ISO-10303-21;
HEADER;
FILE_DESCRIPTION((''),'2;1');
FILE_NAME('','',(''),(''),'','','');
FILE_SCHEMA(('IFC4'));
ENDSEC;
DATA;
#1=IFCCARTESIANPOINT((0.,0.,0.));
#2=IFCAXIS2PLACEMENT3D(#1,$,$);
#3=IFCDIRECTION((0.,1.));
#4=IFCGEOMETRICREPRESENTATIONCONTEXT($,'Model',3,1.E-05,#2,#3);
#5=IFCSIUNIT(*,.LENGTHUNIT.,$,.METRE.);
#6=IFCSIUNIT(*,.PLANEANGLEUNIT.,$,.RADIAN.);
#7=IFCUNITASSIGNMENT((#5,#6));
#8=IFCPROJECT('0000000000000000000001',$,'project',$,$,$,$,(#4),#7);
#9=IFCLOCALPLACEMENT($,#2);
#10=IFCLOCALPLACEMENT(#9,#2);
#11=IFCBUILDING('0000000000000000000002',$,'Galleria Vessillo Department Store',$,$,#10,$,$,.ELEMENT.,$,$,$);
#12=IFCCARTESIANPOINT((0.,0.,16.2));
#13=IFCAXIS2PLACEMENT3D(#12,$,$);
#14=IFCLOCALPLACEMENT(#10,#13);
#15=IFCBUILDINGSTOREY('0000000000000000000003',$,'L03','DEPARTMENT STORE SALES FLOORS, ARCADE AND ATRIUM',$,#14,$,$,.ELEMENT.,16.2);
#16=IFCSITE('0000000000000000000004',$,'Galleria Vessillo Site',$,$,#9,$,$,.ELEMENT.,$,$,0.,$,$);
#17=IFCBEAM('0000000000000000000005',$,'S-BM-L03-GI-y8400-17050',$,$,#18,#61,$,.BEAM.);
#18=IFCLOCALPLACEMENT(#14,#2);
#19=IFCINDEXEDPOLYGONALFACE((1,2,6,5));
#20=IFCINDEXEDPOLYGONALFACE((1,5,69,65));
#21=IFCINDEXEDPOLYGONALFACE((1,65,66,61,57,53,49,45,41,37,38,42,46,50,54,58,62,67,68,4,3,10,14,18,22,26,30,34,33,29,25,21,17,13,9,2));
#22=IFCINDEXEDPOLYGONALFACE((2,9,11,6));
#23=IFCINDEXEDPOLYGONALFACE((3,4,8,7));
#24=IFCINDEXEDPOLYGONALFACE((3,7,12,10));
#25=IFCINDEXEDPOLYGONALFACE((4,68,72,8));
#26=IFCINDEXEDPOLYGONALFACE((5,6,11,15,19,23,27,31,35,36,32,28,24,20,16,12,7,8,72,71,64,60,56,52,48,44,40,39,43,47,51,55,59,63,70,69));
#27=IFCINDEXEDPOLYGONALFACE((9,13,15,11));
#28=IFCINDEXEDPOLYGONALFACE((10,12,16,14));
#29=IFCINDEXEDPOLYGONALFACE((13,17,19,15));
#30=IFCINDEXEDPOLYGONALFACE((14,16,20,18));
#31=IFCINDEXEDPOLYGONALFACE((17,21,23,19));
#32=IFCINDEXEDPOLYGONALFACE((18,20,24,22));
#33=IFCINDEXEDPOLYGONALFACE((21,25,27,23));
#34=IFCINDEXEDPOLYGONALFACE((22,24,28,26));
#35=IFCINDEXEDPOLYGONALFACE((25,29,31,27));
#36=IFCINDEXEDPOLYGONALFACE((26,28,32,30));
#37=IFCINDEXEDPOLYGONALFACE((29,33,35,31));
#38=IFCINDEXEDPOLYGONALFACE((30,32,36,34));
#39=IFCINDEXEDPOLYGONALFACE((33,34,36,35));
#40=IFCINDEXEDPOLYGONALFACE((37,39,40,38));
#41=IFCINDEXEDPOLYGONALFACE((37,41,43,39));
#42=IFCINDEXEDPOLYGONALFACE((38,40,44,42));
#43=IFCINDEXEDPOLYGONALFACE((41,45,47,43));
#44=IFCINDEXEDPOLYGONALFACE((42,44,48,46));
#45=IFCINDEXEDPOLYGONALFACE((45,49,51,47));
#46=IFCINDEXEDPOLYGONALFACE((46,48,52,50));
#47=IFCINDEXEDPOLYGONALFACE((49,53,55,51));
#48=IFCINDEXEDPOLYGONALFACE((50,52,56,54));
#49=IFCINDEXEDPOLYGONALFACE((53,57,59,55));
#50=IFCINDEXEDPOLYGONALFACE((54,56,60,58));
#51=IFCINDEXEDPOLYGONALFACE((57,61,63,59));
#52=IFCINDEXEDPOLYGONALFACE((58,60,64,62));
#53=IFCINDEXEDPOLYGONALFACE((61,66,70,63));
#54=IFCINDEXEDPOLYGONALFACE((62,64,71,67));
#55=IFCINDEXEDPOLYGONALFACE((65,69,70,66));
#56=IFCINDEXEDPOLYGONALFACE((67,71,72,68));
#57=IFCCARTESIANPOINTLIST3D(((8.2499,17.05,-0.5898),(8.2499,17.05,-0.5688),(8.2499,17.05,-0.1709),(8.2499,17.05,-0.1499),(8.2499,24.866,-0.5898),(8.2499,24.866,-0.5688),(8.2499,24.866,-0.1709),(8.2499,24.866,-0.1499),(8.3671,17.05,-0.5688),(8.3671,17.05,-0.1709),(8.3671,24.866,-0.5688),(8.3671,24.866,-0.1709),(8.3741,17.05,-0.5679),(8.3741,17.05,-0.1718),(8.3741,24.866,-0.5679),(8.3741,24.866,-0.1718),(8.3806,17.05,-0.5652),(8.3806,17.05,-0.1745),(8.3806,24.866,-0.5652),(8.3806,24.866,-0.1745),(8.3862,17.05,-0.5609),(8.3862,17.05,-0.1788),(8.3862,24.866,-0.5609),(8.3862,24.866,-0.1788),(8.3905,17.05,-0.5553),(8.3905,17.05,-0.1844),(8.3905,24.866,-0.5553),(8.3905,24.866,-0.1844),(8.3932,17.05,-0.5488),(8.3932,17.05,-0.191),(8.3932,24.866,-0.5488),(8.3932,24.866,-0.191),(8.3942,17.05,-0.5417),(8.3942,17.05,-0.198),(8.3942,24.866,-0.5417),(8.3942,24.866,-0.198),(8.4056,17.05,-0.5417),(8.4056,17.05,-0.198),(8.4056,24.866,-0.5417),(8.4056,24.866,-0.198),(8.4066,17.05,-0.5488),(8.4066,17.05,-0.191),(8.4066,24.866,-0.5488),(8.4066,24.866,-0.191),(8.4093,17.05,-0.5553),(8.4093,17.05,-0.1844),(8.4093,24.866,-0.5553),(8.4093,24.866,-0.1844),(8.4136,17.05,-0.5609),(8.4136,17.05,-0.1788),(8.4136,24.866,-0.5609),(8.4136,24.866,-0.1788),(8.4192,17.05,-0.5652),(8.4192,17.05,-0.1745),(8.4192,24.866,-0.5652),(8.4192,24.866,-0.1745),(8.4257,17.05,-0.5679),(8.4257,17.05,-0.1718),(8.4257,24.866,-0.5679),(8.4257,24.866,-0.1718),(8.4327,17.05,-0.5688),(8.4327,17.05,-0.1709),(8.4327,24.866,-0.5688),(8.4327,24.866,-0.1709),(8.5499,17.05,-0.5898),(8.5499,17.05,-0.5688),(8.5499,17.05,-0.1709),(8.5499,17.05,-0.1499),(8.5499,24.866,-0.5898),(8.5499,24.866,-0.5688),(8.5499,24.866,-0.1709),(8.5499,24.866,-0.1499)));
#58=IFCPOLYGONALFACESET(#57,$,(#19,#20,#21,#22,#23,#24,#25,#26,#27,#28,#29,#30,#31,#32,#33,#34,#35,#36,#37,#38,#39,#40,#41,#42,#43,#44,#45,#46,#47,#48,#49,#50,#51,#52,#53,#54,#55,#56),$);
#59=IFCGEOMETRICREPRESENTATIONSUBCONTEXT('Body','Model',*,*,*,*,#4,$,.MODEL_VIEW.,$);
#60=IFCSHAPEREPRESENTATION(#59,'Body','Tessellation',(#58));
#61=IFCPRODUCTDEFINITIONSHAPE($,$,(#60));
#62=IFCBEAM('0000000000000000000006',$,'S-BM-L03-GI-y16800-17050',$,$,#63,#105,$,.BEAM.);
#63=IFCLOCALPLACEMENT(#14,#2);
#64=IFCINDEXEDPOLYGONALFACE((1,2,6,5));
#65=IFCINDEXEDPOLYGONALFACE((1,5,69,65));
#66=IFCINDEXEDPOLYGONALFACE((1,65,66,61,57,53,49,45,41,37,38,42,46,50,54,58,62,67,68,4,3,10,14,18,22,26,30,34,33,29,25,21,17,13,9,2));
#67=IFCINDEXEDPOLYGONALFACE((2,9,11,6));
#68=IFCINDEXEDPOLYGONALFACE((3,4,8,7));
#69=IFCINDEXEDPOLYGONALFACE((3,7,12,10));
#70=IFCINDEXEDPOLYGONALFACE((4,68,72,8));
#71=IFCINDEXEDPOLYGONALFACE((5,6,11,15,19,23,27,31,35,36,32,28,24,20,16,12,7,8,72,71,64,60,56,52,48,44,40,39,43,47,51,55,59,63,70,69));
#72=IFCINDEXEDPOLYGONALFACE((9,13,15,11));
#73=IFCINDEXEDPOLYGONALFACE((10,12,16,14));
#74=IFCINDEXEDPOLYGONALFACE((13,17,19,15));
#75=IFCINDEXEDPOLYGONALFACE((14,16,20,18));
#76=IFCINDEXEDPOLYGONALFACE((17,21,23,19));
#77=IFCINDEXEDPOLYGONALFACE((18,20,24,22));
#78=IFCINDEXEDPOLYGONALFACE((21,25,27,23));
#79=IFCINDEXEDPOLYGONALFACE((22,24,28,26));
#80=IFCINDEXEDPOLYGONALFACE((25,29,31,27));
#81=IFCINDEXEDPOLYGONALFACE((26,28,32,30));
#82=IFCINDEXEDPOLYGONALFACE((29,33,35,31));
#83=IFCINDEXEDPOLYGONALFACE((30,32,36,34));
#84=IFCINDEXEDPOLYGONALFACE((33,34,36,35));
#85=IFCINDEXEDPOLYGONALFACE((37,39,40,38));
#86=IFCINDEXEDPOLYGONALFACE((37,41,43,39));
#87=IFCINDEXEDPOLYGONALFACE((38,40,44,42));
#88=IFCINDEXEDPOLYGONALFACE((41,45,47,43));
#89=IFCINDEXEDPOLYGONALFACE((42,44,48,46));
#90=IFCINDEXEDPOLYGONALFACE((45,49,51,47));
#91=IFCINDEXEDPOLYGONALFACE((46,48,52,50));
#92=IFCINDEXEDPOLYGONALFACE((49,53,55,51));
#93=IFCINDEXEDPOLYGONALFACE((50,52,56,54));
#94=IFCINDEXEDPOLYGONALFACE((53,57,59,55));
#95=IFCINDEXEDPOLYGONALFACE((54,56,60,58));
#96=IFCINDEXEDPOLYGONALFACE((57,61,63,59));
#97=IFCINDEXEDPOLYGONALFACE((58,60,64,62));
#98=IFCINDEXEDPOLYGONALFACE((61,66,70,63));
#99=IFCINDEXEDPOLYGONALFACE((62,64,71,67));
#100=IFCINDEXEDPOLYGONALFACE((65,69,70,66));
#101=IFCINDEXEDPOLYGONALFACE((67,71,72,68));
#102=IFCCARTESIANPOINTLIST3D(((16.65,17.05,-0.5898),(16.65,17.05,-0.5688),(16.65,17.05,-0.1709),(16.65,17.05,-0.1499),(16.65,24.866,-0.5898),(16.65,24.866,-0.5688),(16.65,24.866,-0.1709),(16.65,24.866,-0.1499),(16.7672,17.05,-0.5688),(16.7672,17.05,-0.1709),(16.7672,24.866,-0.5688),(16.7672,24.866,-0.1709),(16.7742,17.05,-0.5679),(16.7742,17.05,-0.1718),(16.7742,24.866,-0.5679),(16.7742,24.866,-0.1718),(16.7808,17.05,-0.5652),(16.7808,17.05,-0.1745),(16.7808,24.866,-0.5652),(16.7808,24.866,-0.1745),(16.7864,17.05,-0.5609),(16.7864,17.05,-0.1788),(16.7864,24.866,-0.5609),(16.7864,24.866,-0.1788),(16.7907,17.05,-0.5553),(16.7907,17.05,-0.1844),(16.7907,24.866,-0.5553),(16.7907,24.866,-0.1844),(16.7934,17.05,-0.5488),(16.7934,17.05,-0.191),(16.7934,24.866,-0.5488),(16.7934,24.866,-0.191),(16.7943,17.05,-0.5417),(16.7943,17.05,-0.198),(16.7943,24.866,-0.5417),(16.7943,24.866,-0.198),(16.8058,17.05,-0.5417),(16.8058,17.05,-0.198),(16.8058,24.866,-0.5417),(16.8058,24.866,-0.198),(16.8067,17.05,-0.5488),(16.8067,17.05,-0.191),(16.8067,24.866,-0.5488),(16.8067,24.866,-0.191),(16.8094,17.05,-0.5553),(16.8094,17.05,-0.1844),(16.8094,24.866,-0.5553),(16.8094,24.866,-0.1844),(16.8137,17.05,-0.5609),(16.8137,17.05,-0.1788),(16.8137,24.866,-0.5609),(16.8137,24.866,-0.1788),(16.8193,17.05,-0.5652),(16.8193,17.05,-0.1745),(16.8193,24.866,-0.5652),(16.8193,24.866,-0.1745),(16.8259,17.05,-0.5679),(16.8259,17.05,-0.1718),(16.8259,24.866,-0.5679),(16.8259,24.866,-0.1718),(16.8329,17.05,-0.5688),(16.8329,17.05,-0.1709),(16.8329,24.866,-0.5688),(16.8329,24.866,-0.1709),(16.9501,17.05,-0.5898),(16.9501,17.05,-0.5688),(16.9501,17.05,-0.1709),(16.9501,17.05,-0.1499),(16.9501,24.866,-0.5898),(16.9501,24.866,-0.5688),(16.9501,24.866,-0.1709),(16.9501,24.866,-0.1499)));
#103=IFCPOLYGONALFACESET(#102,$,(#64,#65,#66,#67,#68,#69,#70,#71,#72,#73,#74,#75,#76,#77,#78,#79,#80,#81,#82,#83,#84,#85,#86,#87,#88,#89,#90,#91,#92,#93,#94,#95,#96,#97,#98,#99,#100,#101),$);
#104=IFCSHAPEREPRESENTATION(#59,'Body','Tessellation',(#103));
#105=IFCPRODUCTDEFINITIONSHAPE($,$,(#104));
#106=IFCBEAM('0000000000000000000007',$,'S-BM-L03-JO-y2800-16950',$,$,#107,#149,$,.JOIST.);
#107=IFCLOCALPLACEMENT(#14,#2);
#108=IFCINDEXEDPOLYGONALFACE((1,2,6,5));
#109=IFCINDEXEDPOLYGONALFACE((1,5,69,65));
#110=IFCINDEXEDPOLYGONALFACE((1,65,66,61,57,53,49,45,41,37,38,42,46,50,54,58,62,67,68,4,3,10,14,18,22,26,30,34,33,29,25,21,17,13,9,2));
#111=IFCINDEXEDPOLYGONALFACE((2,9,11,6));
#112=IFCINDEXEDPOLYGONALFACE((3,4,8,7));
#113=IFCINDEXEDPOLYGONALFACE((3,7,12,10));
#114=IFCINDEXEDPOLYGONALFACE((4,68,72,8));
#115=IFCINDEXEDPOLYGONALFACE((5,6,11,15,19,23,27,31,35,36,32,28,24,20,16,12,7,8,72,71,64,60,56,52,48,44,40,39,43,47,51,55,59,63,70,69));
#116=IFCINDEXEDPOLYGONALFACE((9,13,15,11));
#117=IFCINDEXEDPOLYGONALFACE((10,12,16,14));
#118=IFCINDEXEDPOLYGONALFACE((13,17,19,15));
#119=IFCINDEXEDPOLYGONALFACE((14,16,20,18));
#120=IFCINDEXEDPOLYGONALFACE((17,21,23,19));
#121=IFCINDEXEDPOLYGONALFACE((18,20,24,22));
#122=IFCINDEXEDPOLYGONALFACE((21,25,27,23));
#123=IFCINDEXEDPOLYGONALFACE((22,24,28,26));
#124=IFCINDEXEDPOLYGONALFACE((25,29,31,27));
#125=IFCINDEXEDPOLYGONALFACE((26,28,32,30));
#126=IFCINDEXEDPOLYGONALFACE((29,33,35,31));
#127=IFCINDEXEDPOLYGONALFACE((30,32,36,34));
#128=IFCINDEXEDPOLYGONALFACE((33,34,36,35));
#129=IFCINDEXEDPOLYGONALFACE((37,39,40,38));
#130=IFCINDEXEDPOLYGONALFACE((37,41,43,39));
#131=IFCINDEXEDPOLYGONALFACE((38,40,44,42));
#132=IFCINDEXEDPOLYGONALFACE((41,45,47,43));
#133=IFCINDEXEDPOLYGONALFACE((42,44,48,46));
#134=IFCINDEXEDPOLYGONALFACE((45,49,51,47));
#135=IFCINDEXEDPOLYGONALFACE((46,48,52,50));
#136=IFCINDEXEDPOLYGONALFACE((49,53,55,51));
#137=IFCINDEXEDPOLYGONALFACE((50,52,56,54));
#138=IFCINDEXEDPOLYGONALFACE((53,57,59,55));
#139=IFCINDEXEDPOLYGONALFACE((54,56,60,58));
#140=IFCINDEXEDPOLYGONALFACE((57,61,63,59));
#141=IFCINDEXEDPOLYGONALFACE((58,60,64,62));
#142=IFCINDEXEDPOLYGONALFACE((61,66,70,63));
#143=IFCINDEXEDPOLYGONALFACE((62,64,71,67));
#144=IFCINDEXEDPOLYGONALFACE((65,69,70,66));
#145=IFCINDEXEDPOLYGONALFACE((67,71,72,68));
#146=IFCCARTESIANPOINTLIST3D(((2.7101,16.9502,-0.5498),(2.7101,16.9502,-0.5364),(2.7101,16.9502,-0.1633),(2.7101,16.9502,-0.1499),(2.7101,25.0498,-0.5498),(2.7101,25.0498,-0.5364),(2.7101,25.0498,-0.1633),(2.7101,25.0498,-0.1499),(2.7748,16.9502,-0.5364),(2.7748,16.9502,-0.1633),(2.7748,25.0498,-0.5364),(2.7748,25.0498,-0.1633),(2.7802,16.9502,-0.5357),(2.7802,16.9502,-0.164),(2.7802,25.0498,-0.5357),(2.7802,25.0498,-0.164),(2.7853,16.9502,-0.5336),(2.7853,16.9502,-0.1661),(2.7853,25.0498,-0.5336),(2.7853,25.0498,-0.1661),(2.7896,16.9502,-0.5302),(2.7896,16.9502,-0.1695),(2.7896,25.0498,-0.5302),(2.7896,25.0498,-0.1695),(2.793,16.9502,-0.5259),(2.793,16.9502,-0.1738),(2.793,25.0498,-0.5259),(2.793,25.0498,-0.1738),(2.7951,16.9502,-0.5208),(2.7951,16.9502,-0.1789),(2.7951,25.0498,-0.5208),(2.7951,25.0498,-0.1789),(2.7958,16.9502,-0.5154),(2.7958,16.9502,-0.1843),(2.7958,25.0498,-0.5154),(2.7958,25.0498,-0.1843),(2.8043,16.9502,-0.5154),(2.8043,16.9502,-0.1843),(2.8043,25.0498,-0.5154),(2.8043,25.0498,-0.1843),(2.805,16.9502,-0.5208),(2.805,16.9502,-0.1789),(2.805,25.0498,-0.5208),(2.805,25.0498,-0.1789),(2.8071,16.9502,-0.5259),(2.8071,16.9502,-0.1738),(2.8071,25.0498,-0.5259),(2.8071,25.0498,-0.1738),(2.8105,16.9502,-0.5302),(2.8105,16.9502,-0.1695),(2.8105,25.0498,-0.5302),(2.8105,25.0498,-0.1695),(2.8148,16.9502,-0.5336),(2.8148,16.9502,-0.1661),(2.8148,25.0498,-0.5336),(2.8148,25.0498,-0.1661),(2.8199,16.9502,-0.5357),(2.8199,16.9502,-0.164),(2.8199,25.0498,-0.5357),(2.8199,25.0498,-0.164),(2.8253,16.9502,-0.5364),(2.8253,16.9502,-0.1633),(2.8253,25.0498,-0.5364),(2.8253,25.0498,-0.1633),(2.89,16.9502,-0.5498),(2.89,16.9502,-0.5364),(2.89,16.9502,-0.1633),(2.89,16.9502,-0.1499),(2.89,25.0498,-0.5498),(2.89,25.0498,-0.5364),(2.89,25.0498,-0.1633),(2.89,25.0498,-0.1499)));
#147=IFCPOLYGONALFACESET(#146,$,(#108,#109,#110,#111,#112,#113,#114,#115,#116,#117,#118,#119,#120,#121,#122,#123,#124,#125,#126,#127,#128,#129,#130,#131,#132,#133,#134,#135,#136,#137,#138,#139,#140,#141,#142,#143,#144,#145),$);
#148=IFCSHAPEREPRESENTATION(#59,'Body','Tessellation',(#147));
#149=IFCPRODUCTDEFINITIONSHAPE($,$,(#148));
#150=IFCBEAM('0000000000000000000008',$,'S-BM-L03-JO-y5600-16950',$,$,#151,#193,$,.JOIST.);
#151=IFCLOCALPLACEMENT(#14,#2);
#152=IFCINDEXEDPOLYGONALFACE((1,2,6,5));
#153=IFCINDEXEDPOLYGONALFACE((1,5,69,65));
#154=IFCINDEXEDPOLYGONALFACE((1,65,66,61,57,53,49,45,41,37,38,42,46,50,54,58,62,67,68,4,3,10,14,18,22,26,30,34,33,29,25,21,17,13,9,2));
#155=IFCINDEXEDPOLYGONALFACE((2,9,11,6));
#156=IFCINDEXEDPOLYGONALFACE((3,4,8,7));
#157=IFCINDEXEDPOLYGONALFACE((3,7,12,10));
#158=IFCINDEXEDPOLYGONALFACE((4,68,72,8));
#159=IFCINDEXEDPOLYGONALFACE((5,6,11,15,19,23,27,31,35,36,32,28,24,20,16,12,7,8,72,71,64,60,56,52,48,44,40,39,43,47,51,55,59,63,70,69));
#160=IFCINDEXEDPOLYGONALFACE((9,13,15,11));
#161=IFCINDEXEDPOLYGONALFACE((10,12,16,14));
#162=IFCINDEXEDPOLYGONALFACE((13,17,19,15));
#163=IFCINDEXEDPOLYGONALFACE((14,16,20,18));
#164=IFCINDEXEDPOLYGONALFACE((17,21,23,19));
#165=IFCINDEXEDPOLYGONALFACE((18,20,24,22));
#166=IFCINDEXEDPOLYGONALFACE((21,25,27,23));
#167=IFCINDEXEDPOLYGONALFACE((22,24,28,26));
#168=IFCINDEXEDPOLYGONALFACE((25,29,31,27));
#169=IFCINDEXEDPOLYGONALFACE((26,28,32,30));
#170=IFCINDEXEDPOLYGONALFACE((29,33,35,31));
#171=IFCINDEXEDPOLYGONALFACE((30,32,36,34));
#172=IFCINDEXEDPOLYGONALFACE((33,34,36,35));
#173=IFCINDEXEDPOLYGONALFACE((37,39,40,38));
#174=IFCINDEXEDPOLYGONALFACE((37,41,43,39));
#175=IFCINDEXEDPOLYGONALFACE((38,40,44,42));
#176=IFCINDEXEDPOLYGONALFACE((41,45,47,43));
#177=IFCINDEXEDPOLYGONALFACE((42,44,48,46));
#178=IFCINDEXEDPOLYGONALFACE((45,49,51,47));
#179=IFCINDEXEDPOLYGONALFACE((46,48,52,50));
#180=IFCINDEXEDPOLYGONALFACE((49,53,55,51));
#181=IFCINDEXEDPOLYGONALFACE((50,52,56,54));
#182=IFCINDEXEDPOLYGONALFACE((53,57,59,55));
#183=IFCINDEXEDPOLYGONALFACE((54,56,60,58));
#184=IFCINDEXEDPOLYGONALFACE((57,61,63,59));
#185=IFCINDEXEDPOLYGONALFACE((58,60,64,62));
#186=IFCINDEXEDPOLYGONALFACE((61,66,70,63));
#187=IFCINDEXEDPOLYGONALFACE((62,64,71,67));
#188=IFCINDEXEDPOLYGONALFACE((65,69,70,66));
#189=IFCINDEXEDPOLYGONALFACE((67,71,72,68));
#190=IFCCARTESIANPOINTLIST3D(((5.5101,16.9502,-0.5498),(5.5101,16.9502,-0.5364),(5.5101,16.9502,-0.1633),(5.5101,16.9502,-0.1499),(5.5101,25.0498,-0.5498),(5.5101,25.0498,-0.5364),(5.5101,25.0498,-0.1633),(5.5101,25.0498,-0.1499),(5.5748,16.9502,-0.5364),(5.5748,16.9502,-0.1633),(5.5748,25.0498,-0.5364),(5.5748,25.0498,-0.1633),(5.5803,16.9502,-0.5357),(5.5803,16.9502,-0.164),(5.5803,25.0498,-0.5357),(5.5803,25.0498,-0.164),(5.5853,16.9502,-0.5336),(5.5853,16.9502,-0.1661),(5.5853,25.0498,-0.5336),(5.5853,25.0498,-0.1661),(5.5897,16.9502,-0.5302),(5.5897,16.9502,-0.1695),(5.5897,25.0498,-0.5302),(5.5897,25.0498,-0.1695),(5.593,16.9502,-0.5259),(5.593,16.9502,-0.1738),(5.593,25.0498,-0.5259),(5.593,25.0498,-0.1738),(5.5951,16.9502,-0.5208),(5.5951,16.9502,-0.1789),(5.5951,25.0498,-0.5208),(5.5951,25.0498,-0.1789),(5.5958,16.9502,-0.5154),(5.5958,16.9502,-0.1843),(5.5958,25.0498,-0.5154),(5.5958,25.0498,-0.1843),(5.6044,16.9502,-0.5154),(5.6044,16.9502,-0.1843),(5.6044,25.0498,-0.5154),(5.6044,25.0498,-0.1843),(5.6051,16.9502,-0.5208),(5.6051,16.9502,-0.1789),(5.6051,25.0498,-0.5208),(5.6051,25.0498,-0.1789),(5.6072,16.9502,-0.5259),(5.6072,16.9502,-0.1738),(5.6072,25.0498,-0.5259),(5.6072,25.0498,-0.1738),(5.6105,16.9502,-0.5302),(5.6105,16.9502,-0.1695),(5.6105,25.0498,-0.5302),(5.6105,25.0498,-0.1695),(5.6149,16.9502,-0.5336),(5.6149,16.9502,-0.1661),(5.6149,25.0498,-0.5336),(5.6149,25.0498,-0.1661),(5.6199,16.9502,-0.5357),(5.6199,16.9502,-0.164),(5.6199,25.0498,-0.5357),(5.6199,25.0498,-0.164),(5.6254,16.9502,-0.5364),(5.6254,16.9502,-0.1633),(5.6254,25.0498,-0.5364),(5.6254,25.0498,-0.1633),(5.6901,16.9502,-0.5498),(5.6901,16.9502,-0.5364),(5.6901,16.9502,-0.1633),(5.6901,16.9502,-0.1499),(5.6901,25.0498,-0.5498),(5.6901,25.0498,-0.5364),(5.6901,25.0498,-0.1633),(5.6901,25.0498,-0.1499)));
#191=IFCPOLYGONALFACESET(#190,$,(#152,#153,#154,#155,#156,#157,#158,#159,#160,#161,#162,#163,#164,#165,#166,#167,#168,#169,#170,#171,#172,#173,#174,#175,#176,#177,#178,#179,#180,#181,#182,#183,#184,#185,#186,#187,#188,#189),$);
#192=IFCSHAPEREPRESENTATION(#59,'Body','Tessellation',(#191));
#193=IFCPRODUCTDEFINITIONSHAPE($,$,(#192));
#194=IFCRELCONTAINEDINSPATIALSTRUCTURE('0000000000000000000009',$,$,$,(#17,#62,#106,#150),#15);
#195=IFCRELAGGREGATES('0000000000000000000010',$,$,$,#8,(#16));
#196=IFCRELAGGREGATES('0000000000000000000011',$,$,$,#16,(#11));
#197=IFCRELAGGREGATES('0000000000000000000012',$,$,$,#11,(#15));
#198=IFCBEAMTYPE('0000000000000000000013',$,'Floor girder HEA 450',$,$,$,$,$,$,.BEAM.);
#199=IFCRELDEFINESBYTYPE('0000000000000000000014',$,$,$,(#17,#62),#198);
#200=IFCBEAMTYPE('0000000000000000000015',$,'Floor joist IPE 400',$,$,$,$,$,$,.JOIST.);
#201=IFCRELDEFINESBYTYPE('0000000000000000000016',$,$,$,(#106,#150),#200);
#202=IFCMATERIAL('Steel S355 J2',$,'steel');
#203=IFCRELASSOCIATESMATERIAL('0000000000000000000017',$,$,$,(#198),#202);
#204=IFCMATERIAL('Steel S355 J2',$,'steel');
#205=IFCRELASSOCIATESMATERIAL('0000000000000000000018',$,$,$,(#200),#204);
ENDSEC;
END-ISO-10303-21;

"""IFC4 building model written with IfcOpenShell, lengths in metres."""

from ifc_helpers import new_model, si_unit, direction, frame, origin, origin_2d, place, context, subcontext, project, spatial, i_section, extrude, material, material_profile, profile_set, type_object, element, save


model = new_model("IFC4")

# Units and contexts
model_context = context("Model", 3, precision=1e-05, world=origin(), true_north=direction((0.0, 1.0)))
body_context = subcontext(model_context, "Body", "Model", "MODEL_VIEW")
ifc_project = project(units=[si_unit("LENGTHUNIT", "METRE"), si_unit("PLANEANGLEUNIT", "RADIAN")], contexts=[model_context])

# Site, building, storey
site_placement = place(None, origin())
site = spatial("IfcSite", under=ifc_project, at=site_placement, Name="Galleria Vessillo Site", CompositionType="ELEMENT", RefElevation=0.0)
building_placement = place(site_placement, origin())
building = spatial("IfcBuilding", under=site, at=building_placement, Name="Galleria Vessillo Department Store", CompositionType="ELEMENT")
storey_placement = place(building_placement, frame((0.0, 0.0, 16.2)))
storey = spatial("IfcBuildingStorey", under=building, at=storey_placement, Name="L03", Description="DEPARTMENT STORE SALES FLOORS, ARCADE AND ATRIUM", CompositionType="ELEMENT", Elevation=16.2)

# Beams
ifc_material_1 = material(Name="Steel S355 J2", Category="steel")
ifc_material_profile_1 = material_profile(ifc_material_1, i_section(OverallWidth=0.3, OverallDepth=0.4399, WebThickness=0.0115, FlangeThickness=0.021, FilletRadius=0.0271, at=origin_2d()), Name="HEA 450")
ifc_profile_set_1 = profile_set([ifc_material_profile_1], Name="Steel S355 J2")
beam_type_1 = type_object("IfcBeamType", Name="Floor girder HEA 450", PredefinedType="BEAM", material=ifc_profile_set_1)
for number, where, z_axis, x_axis, name in (
    (1, (8.3999, 17.05, -0.3699), (0.0, 1.0, 0.0), (-1.0, 0.0, 0.0), "S-BM-L03-GI-y8400-17050"),
    (2, (16.8, 17.05, -0.3699), (0.0, 1.0, 0.0), (-1.0, 0.0, 0.0), "S-BM-L03-GI-y16800-17050"),
):
    element("IfcBeam", number, at=place(storey_placement, frame(where, z_axis=z_axis, x_axis=x_axis)), inside=storey, type_object=beam_type_1, Name=name, PredefinedType="BEAM", context=body_context, shape_type="SweptSolid", body=[
        extrude(i_section(OverallWidth=0.3, OverallDepth=0.4399, WebThickness=0.0115, FlangeThickness=0.021, FilletRadius=0.0271, at=origin_2d()), origin(), (0.0, 0.0, 1.0), 7.8159),
    ])
ifc_material_2 = material(Name="Steel S355 J2", Category="steel")
ifc_material_profile_2 = material_profile(ifc_material_2, i_section(OverallWidth=0.1799, OverallDepth=0.3999, WebThickness=0.0085, FlangeThickness=0.0134, FilletRadius=0.021, at=origin_2d()), Name="IPE 400")
ifc_profile_set_2 = profile_set([ifc_material_profile_2], Name="Steel S355 J2")
beam_type_2 = type_object("IfcBeamType", Name="Floor joist IPE 400", PredefinedType="JOIST", material=ifc_profile_set_2)
for number, where, z_axis, x_axis, name in (
    (3, (2.8, 16.9502, -0.3499), (0.0, 1.0, 0.0), (-1.0, 0.0, 0.0), "S-BM-L03-JO-y2800-16950"),
    (4, (5.6001, 16.9502, -0.3499), (0.0, 1.0, 0.0), (-1.0, 0.0, 0.0), "S-BM-L03-JO-y5600-16950"),
):
    element("IfcBeam", number, at=place(storey_placement, frame(where, z_axis=z_axis, x_axis=x_axis)), inside=storey, type_object=beam_type_2, Name=name, PredefinedType="JOIST", context=body_context, shape_type="SweptSolid", body=[
        extrude(i_section(OverallWidth=0.1799, OverallDepth=0.3999, WebThickness=0.0085, FlangeThickness=0.0134, FilletRadius=0.021, at=origin_2d()), origin(), (0.0, 0.0, 1.0), 8.0996),
    ])

save(model, "model.ifc")
